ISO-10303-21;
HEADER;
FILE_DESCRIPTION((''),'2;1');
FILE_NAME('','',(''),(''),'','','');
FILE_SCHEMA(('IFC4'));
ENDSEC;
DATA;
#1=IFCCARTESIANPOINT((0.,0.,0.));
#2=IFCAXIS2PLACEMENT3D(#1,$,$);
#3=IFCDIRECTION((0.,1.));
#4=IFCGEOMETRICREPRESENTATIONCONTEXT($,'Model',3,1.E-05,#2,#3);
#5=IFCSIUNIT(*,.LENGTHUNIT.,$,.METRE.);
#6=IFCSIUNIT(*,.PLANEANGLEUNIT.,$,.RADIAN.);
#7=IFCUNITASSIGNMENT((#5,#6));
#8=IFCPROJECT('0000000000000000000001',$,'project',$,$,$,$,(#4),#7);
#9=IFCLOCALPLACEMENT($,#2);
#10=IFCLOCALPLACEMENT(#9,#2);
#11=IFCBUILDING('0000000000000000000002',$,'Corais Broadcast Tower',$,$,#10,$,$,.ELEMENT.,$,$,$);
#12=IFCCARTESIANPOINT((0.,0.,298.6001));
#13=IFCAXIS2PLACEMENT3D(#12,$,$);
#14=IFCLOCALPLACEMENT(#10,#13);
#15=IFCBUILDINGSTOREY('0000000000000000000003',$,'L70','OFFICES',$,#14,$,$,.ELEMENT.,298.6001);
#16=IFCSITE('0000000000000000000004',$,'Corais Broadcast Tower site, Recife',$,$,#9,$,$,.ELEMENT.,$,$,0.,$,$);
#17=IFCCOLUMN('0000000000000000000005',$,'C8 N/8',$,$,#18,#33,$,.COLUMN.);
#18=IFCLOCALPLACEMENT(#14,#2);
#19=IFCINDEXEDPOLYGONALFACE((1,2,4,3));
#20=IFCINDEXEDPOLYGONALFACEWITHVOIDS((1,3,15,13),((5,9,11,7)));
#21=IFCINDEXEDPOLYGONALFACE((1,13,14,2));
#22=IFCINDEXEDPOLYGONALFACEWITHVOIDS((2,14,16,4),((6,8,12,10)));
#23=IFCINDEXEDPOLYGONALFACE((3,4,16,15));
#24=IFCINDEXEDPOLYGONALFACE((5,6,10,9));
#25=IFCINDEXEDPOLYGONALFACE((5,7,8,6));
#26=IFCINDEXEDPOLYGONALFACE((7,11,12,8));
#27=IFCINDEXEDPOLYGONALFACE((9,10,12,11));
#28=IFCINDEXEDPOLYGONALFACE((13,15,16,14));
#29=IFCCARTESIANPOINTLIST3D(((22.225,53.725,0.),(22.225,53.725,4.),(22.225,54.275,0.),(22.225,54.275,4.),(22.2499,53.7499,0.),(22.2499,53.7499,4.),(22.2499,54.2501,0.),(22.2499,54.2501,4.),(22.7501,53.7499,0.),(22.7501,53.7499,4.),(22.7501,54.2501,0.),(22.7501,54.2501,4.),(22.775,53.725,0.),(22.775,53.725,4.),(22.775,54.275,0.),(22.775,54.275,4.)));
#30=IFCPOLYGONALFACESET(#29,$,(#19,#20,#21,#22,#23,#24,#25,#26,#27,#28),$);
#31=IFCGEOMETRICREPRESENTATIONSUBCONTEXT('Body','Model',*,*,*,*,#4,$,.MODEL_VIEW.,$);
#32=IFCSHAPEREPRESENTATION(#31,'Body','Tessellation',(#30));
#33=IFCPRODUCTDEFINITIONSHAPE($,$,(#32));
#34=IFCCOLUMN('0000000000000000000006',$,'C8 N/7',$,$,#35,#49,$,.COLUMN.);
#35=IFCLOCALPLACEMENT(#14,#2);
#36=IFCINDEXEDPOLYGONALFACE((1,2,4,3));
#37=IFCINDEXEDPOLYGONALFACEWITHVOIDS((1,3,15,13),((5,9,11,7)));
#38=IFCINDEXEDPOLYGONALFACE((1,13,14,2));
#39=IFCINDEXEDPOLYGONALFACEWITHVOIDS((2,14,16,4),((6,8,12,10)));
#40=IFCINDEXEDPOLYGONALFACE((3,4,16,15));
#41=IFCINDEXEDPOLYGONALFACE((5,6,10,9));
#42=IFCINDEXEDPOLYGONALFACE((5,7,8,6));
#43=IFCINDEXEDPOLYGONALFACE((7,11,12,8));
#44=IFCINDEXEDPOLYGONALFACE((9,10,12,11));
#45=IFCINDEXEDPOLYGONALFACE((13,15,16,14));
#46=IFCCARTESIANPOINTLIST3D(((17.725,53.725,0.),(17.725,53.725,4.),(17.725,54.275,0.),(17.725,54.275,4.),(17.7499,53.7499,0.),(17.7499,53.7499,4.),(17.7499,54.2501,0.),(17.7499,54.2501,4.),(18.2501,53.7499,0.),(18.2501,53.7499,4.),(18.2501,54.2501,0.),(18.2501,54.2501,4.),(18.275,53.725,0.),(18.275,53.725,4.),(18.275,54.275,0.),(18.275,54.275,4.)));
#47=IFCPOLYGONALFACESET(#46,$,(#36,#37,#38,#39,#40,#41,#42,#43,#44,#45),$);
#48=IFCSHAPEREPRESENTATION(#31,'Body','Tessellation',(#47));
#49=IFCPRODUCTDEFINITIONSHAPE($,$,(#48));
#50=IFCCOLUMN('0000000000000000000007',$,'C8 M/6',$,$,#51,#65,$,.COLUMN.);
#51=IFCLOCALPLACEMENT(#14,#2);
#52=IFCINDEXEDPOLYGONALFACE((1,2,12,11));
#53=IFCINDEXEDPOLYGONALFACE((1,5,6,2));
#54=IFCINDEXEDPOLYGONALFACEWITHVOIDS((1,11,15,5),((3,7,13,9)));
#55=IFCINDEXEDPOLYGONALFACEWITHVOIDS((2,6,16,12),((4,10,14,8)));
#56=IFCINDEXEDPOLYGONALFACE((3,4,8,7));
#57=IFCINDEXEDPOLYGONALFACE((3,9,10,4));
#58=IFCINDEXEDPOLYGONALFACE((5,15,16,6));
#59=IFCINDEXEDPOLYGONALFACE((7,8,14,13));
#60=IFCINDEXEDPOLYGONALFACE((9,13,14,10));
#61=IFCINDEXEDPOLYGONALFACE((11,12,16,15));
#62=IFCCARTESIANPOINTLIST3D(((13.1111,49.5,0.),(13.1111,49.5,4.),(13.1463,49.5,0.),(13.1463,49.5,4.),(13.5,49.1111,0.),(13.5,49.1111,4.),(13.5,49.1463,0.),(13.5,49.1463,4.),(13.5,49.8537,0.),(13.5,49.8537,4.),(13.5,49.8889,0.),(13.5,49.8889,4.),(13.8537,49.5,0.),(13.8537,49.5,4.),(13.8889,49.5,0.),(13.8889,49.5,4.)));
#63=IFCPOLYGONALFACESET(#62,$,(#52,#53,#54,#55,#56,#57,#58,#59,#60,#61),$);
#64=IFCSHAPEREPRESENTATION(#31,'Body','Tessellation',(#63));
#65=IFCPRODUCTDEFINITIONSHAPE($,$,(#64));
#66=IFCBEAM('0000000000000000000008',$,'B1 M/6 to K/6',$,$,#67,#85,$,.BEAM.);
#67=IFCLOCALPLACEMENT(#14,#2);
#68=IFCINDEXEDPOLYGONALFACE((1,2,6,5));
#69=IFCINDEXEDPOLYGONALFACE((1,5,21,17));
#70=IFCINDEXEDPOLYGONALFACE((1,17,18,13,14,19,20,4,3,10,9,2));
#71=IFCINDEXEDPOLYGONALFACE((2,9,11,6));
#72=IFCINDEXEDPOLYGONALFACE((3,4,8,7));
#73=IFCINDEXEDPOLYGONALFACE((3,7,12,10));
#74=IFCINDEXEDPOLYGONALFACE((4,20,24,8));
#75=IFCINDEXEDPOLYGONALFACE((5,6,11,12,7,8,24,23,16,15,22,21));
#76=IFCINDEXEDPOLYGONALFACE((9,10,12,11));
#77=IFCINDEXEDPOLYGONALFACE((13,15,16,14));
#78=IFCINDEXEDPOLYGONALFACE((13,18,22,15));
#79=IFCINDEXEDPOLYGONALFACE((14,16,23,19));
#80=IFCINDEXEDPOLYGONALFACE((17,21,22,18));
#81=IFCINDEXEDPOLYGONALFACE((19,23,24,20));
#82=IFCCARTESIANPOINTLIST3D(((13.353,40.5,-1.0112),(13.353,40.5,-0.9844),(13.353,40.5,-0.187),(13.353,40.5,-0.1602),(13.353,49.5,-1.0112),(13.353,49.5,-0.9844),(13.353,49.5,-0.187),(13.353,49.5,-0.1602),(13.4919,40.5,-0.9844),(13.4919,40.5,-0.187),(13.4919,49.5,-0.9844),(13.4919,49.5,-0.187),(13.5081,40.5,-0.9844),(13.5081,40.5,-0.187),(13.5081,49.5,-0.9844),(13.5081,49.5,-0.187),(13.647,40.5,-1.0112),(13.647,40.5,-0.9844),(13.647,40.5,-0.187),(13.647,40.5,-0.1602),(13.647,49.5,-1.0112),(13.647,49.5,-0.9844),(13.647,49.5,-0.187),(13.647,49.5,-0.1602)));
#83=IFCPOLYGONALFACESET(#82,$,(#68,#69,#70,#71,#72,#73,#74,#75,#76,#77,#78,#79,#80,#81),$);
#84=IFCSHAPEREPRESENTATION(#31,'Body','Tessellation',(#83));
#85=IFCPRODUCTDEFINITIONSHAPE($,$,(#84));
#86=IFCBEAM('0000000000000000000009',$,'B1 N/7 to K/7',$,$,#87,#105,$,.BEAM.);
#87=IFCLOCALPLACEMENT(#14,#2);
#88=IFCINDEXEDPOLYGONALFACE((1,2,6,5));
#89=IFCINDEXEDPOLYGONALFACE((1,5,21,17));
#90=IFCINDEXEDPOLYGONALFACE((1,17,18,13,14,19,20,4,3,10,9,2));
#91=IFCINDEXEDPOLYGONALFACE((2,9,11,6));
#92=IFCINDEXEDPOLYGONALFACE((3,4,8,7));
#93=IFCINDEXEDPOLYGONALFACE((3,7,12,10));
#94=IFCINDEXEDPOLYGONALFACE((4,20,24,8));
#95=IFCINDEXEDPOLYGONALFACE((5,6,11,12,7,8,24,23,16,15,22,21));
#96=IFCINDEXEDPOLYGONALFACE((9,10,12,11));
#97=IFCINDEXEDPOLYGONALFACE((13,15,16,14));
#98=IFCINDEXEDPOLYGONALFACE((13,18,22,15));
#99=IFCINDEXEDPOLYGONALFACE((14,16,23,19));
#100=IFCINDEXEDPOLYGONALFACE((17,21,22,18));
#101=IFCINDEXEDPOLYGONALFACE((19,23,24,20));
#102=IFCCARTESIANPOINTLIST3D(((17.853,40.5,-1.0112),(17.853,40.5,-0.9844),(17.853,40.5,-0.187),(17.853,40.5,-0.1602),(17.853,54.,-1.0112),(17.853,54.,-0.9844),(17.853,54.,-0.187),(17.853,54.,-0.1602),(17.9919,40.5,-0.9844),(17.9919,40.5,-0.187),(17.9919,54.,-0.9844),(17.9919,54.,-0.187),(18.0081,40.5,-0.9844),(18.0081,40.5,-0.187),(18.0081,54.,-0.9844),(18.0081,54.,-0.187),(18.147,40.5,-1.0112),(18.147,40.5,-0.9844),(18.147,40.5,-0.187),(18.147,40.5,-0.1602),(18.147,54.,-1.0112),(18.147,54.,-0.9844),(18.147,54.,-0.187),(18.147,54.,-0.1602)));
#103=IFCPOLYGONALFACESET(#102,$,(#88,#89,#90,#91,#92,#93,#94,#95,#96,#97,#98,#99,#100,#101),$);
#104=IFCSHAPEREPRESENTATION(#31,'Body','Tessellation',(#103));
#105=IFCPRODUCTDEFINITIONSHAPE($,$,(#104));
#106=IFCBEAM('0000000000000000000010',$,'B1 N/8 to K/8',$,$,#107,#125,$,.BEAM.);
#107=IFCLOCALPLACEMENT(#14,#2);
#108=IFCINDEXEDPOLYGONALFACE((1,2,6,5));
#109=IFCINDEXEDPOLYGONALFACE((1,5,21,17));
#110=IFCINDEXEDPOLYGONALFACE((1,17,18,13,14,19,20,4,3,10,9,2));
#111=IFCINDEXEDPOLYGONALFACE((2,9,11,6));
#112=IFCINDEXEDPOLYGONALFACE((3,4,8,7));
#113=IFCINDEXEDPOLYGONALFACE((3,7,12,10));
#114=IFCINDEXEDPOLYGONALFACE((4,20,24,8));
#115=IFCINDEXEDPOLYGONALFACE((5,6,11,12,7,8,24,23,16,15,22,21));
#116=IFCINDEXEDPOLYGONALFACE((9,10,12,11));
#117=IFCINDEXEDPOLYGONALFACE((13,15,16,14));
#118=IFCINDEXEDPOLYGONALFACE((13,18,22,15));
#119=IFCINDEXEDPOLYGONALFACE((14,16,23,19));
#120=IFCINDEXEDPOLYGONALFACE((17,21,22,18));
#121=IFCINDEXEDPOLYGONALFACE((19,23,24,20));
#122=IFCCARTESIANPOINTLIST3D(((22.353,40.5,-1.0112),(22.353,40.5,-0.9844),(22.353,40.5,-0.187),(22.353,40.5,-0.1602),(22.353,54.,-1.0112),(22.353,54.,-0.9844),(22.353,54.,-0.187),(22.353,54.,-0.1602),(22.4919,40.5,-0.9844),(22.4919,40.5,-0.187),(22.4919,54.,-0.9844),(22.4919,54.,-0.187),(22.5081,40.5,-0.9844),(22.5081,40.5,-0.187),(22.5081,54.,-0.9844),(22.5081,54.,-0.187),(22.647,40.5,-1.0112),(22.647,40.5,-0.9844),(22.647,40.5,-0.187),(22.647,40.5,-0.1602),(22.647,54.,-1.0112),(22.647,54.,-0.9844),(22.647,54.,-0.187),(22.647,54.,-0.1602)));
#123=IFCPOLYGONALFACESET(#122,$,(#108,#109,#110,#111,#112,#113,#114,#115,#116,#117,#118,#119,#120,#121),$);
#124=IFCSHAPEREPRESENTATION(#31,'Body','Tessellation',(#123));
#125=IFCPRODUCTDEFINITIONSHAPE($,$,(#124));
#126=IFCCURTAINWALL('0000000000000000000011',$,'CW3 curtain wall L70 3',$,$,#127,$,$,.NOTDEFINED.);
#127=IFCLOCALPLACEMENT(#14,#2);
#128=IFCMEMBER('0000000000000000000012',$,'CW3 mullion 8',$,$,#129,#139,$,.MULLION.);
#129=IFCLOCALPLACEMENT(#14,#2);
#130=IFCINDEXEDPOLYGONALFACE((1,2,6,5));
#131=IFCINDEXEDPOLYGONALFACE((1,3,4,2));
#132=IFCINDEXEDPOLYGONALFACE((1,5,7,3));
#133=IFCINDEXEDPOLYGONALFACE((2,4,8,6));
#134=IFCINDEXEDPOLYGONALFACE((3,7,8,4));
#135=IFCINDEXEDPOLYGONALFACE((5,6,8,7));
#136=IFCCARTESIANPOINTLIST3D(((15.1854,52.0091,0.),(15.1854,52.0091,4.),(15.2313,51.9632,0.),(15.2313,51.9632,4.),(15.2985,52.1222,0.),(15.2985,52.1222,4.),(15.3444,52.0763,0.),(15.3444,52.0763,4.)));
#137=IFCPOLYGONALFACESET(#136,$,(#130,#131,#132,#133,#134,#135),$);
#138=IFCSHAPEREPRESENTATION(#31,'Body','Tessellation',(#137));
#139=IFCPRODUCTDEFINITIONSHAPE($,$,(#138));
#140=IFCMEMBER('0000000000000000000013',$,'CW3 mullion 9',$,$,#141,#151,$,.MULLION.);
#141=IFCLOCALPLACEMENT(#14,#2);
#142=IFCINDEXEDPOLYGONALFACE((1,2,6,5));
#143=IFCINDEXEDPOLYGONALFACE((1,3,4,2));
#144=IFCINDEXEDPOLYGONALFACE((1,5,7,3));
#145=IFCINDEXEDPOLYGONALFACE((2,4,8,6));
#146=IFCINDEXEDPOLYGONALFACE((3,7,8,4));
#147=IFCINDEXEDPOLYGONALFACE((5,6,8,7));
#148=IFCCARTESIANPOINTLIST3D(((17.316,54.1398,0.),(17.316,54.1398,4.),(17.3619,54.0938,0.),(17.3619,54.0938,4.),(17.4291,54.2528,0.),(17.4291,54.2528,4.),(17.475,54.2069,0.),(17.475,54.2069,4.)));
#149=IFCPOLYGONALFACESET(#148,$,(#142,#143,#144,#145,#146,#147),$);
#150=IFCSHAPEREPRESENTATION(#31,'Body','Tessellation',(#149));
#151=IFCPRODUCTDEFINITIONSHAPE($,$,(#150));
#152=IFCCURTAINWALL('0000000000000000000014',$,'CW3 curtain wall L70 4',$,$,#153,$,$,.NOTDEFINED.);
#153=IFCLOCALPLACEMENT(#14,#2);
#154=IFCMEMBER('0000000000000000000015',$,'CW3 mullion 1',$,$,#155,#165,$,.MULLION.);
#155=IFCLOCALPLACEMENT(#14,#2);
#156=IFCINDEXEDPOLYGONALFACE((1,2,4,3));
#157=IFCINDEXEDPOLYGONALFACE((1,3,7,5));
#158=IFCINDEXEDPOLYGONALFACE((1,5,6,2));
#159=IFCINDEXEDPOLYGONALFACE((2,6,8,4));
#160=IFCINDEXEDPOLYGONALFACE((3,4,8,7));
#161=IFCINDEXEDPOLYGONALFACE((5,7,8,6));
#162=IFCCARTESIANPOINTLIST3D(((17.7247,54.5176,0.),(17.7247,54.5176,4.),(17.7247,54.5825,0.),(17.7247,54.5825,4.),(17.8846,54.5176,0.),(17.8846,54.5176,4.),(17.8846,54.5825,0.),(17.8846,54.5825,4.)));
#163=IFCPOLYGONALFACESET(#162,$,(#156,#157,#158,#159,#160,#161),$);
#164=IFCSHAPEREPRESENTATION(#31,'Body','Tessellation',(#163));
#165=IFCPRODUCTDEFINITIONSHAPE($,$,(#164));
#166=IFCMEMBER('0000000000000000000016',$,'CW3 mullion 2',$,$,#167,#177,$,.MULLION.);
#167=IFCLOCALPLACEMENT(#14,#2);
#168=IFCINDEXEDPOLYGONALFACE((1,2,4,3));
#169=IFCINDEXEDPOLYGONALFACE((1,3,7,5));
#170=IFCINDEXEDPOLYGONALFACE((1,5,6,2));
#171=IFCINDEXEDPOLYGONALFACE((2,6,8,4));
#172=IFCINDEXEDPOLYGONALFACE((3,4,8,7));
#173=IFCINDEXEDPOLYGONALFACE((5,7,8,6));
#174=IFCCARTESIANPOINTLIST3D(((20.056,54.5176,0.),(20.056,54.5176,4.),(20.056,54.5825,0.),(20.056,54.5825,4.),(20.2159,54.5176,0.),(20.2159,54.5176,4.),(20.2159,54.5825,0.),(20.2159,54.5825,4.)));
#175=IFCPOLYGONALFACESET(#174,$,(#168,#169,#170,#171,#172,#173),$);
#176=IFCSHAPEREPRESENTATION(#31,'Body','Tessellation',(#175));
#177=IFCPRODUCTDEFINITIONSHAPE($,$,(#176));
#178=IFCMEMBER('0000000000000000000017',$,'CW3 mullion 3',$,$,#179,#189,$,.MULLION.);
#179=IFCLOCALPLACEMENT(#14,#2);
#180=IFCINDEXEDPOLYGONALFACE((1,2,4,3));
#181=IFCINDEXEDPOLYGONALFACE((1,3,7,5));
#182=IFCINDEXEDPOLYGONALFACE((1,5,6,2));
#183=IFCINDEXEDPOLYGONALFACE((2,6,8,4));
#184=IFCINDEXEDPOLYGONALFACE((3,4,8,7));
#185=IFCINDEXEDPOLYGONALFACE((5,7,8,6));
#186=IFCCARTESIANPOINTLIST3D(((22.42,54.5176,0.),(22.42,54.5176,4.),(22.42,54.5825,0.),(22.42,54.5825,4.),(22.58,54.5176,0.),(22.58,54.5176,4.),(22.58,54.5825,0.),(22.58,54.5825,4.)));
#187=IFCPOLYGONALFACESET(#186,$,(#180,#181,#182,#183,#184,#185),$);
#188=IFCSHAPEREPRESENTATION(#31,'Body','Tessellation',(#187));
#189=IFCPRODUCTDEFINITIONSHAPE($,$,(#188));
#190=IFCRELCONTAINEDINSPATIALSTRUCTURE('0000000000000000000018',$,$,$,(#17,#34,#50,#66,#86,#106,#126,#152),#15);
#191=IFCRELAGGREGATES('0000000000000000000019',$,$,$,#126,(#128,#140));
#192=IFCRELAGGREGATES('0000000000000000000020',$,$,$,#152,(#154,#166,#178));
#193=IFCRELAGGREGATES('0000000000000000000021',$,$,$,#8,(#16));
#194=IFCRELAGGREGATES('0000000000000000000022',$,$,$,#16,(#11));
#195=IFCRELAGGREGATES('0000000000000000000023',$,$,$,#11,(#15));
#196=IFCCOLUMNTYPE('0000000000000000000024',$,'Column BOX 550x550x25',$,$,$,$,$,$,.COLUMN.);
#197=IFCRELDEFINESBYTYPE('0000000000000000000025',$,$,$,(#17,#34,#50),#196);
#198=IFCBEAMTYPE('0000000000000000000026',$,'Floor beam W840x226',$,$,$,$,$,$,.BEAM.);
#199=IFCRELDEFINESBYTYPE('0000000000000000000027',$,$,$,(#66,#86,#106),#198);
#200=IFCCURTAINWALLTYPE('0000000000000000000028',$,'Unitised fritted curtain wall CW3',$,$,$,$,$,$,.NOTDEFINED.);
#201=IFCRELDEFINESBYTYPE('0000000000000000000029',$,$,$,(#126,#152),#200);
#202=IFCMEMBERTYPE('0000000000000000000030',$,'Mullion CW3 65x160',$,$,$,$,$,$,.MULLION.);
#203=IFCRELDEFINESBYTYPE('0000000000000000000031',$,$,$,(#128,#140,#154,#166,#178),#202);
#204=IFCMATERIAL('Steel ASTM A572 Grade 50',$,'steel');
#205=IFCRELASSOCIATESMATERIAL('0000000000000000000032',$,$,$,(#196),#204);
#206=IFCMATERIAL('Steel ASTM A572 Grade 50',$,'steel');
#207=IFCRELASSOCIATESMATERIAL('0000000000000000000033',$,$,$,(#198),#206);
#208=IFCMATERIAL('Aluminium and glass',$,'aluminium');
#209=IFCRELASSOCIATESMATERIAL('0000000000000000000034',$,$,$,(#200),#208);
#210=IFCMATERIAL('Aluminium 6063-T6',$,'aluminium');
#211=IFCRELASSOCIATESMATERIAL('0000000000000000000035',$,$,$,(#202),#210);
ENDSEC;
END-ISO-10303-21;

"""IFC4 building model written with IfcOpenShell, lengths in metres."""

from ifc_helpers import new_model, si_unit, direction, frame, origin, origin_2d, place, context, subcontext, project, spatial, rectangle, hollow_rectangle, i_section, extrude, material, material_profile, profile_set, type_object, element, aggregate, save


model = new_model("IFC4")

# Units and contexts
model_context = context("Model", 3, precision=1e-05, world=origin(), true_north=direction((0.0, 1.0)))
body_context = subcontext(model_context, "Body", "Model", "MODEL_VIEW")
ifc_project = project(units=[si_unit("LENGTHUNIT", "METRE"), si_unit("PLANEANGLEUNIT", "RADIAN")], contexts=[model_context])

# Site, building, storey
site_placement = place(None, origin())
site = spatial("IfcSite", under=ifc_project, at=site_placement, Name="Corais Broadcast Tower site, Recife", CompositionType="ELEMENT", RefElevation=0.0)
building_placement = place(site_placement, origin())
building = spatial("IfcBuilding", under=site, at=building_placement, Name="Corais Broadcast Tower", CompositionType="ELEMENT")
storey_placement = place(building_placement, frame((0.0, 0.0, 298.6001)))
storey = spatial("IfcBuildingStorey", under=building, at=storey_placement, Name="L70", Description="OFFICES", CompositionType="ELEMENT", Elevation=298.6001)

# Columns
ifc_material_1 = material(Name="Steel ASTM A572 Grade 50", Category="steel")
ifc_material_profile_1 = material_profile(ifc_material_1, hollow_rectangle(XDim=0.55, YDim=0.55, WallThickness=0.0249, at=origin_2d()), Name="BOX 550x550x25")
ifc_profile_set_1 = profile_set([ifc_material_profile_1], Name="Steel ASTM A572 Grade 50")
column_type = type_object("IfcColumnType", Name="Column BOX 550x550x25", PredefinedType="COLUMN", material=ifc_profile_set_1)
for number, where, z_axis, x_axis, name in (
    (1, (22.5, 54.0, 0.0), (0.0, 0.0, 1.0), (1.0, 0.0, 0.0), "C8 N/8"),
    (2, (18.0, 54.0, 0.0), (0.0, 0.0, 1.0), (1.0, 0.0, 0.0), "C8 N/7"),
    (3, (13.5, 49.5, 0.0), (0.0, 0.0, 1.0), (0.707107, 0.707107, 0.0), "C8 M/6"),
):
    element("IfcColumn", number, at=place(storey_placement, frame(where, z_axis=z_axis, x_axis=x_axis)), inside=storey, type_object=column_type, Name=name, PredefinedType="COLUMN", context=body_context, shape_type="SweptSolid", body=[
        extrude(hollow_rectangle(XDim=0.55, YDim=0.55, WallThickness=0.0249, at=origin_2d()), origin(), (0.0, 0.0, 1.0), 4.0),
    ])

# Beams
ifc_material_2 = material(Name="Steel ASTM A572 Grade 50", Category="steel")
ifc_material_profile_2 = material_profile(ifc_material_2, i_section(OverallWidth=0.2939, OverallDepth=0.8511, WebThickness=0.0161, FlangeThickness=0.0269, at=origin_2d()), Name="W840x226")
ifc_profile_set_2 = profile_set([ifc_material_profile_2], Name="Steel ASTM A572 Grade 50")
beam_type_1 = type_object("IfcBeamType", Name="Floor beam W840x226", PredefinedType="BEAM", material=ifc_profile_set_2)
beam_1_placement = place(storey_placement, frame((13.5, 49.5, -0.5857), z_axis=(0.0, -1.0, 0.0), x_axis=(1.0, 0.0, 0.0)))
element("IfcBeam", 4, at=beam_1_placement, inside=storey, type_object=beam_type_1, Name="B1 M/6 to K/6", PredefinedType="BEAM", context=body_context, shape_type="SweptSolid", body=[
    extrude(i_section(OverallWidth=0.2939, OverallDepth=0.8511, WebThickness=0.0161, FlangeThickness=0.0269, at=origin_2d()), origin(), (0.0, 0.0, 1.0), 9.0),
])
for number, where, z_axis, x_axis, name in (
    (5, (18.0, 54.0, -0.5857), (0.0, -1.0, 0.0), (1.0, 0.0, 0.0), "B1 N/7 to K/7"),
    (6, (22.5, 54.0, -0.5857), (0.0, -1.0, 0.0), (1.0, 0.0, 0.0), "B1 N/8 to K/8"),
):
    element("IfcBeam", number, at=place(storey_placement, frame(where, z_axis=z_axis, x_axis=x_axis)), inside=storey, type_object=beam_type_1, Name=name, PredefinedType="BEAM", context=body_context, shape_type="SweptSolid", body=[
        extrude(i_section(OverallWidth=0.2939, OverallDepth=0.8511, WebThickness=0.0161, FlangeThickness=0.0269, at=origin_2d()), origin(), (0.0, 0.0, 1.0), 13.5),
    ])

# Curtain walls, members
ifc_material_3 = material(Name="Aluminium and glass", Category="aluminium")
curtain_wall_type = type_object("IfcCurtainWallType", Name="Unitised fritted curtain wall CW3", PredefinedType="NOTDEFINED", material=ifc_material_3)
curtain_wall_1_placement = place(storey_placement, origin())
curtain_wall_1 = element("IfcCurtainWall", 7, at=curtain_wall_1_placement, inside=storey, type_object=curtain_wall_type, Name="CW3 curtain wall L70 3", PredefinedType="NOTDEFINED")
ifc_material_4 = material(Name="Aluminium 6063-T6", Category="aluminium")
ifc_material_profile_3 = material_profile(ifc_material_4, rectangle(XDim=0.0649, YDim=0.1599, at=origin_2d()), Name="Mullion CW3 65x160")
ifc_profile_set_3 = profile_set([ifc_material_profile_3], Name="Aluminium 6063-T6")
member_type_1 = type_object("IfcMemberType", Name="Mullion CW3 65x160", PredefinedType="MULLION", material=ifc_profile_set_3)
member_1_placement = place(storey_placement, frame((15.2649, 52.0427, 0.0), z_axis=(0.0, 0.0, 1.0), x_axis=(-0.707107, 0.707107, 0.0)))
member_1 = element("IfcMember", 8, at=member_1_placement, type_object=member_type_1, Name="CW3 mullion 8", PredefinedType="MULLION", context=body_context, shape_type="SweptSolid", body=[
    extrude(rectangle(XDim=0.0649, YDim=0.1599, at=origin_2d()), origin(), (0.0, 0.0, 1.0), 4.0),
])
member_2_placement = place(storey_placement, frame((17.3955, 54.1733, 0.0), z_axis=(0.0, 0.0, 1.0), x_axis=(-0.707107, 0.707107, 0.0)))
member_2 = element("IfcMember", 9, at=member_2_placement, type_object=member_type_1, Name="CW3 mullion 9", PredefinedType="MULLION", context=body_context, shape_type="SweptSolid", body=[
    extrude(rectangle(XDim=0.0649, YDim=0.1599, at=origin_2d()), origin(), (0.0, 0.0, 1.0), 4.0),
])
curtain_wall_2_placement = place(storey_placement, origin())
curtain_wall_2 = element("IfcCurtainWall", 10, at=curtain_wall_2_placement, inside=storey, type_object=curtain_wall_type, Name="CW3 curtain wall L70 4", PredefinedType="NOTDEFINED")
member_3_placement = place(storey_placement, frame((17.8047, 54.55, 0.0), z_axis=(0.0, 0.0, 1.0), x_axis=(0.0, 1.0, 0.0)))
member_3 = element("IfcMember", 11, at=member_3_placement, type_object=member_type_1, Name="CW3 mullion 1", PredefinedType="MULLION", context=body_context, shape_type="SweptSolid", body=[
    extrude(rectangle(XDim=0.0649, YDim=0.1599, at=origin_2d()), origin(), (0.0, 0.0, 1.0), 4.0),
])
member_4_placement = place(storey_placement, frame((20.136, 54.55, 0.0), z_axis=(0.0, 0.0, 1.0), x_axis=(0.0, 1.0, 0.0)))
member_4 = element("IfcMember", 12, at=member_4_placement, type_object=member_type_1, Name="CW3 mullion 2", PredefinedType="MULLION", context=body_context, shape_type="SweptSolid", body=[
    extrude(rectangle(XDim=0.0649, YDim=0.1599, at=origin_2d()), origin(), (0.0, 0.0, 1.0), 4.0),
])
member_5_placement = place(storey_placement, frame((22.5, 54.55, 0.0), z_axis=(0.0, 0.0, 1.0), x_axis=(0.0, 1.0, 0.0)))
member_5 = element("IfcMember", 13, at=member_5_placement, type_object=member_type_1, Name="CW3 mullion 3", PredefinedType="MULLION", context=body_context, shape_type="SweptSolid", body=[
    extrude(rectangle(XDim=0.0649, YDim=0.1599, at=origin_2d()), origin(), (0.0, 0.0, 1.0), 4.0),
])

aggregate(curtain_wall_1, [member_1, member_2])
aggregate(curtain_wall_2, [member_3, member_4, member_5])

save(model, "model.ifc")
